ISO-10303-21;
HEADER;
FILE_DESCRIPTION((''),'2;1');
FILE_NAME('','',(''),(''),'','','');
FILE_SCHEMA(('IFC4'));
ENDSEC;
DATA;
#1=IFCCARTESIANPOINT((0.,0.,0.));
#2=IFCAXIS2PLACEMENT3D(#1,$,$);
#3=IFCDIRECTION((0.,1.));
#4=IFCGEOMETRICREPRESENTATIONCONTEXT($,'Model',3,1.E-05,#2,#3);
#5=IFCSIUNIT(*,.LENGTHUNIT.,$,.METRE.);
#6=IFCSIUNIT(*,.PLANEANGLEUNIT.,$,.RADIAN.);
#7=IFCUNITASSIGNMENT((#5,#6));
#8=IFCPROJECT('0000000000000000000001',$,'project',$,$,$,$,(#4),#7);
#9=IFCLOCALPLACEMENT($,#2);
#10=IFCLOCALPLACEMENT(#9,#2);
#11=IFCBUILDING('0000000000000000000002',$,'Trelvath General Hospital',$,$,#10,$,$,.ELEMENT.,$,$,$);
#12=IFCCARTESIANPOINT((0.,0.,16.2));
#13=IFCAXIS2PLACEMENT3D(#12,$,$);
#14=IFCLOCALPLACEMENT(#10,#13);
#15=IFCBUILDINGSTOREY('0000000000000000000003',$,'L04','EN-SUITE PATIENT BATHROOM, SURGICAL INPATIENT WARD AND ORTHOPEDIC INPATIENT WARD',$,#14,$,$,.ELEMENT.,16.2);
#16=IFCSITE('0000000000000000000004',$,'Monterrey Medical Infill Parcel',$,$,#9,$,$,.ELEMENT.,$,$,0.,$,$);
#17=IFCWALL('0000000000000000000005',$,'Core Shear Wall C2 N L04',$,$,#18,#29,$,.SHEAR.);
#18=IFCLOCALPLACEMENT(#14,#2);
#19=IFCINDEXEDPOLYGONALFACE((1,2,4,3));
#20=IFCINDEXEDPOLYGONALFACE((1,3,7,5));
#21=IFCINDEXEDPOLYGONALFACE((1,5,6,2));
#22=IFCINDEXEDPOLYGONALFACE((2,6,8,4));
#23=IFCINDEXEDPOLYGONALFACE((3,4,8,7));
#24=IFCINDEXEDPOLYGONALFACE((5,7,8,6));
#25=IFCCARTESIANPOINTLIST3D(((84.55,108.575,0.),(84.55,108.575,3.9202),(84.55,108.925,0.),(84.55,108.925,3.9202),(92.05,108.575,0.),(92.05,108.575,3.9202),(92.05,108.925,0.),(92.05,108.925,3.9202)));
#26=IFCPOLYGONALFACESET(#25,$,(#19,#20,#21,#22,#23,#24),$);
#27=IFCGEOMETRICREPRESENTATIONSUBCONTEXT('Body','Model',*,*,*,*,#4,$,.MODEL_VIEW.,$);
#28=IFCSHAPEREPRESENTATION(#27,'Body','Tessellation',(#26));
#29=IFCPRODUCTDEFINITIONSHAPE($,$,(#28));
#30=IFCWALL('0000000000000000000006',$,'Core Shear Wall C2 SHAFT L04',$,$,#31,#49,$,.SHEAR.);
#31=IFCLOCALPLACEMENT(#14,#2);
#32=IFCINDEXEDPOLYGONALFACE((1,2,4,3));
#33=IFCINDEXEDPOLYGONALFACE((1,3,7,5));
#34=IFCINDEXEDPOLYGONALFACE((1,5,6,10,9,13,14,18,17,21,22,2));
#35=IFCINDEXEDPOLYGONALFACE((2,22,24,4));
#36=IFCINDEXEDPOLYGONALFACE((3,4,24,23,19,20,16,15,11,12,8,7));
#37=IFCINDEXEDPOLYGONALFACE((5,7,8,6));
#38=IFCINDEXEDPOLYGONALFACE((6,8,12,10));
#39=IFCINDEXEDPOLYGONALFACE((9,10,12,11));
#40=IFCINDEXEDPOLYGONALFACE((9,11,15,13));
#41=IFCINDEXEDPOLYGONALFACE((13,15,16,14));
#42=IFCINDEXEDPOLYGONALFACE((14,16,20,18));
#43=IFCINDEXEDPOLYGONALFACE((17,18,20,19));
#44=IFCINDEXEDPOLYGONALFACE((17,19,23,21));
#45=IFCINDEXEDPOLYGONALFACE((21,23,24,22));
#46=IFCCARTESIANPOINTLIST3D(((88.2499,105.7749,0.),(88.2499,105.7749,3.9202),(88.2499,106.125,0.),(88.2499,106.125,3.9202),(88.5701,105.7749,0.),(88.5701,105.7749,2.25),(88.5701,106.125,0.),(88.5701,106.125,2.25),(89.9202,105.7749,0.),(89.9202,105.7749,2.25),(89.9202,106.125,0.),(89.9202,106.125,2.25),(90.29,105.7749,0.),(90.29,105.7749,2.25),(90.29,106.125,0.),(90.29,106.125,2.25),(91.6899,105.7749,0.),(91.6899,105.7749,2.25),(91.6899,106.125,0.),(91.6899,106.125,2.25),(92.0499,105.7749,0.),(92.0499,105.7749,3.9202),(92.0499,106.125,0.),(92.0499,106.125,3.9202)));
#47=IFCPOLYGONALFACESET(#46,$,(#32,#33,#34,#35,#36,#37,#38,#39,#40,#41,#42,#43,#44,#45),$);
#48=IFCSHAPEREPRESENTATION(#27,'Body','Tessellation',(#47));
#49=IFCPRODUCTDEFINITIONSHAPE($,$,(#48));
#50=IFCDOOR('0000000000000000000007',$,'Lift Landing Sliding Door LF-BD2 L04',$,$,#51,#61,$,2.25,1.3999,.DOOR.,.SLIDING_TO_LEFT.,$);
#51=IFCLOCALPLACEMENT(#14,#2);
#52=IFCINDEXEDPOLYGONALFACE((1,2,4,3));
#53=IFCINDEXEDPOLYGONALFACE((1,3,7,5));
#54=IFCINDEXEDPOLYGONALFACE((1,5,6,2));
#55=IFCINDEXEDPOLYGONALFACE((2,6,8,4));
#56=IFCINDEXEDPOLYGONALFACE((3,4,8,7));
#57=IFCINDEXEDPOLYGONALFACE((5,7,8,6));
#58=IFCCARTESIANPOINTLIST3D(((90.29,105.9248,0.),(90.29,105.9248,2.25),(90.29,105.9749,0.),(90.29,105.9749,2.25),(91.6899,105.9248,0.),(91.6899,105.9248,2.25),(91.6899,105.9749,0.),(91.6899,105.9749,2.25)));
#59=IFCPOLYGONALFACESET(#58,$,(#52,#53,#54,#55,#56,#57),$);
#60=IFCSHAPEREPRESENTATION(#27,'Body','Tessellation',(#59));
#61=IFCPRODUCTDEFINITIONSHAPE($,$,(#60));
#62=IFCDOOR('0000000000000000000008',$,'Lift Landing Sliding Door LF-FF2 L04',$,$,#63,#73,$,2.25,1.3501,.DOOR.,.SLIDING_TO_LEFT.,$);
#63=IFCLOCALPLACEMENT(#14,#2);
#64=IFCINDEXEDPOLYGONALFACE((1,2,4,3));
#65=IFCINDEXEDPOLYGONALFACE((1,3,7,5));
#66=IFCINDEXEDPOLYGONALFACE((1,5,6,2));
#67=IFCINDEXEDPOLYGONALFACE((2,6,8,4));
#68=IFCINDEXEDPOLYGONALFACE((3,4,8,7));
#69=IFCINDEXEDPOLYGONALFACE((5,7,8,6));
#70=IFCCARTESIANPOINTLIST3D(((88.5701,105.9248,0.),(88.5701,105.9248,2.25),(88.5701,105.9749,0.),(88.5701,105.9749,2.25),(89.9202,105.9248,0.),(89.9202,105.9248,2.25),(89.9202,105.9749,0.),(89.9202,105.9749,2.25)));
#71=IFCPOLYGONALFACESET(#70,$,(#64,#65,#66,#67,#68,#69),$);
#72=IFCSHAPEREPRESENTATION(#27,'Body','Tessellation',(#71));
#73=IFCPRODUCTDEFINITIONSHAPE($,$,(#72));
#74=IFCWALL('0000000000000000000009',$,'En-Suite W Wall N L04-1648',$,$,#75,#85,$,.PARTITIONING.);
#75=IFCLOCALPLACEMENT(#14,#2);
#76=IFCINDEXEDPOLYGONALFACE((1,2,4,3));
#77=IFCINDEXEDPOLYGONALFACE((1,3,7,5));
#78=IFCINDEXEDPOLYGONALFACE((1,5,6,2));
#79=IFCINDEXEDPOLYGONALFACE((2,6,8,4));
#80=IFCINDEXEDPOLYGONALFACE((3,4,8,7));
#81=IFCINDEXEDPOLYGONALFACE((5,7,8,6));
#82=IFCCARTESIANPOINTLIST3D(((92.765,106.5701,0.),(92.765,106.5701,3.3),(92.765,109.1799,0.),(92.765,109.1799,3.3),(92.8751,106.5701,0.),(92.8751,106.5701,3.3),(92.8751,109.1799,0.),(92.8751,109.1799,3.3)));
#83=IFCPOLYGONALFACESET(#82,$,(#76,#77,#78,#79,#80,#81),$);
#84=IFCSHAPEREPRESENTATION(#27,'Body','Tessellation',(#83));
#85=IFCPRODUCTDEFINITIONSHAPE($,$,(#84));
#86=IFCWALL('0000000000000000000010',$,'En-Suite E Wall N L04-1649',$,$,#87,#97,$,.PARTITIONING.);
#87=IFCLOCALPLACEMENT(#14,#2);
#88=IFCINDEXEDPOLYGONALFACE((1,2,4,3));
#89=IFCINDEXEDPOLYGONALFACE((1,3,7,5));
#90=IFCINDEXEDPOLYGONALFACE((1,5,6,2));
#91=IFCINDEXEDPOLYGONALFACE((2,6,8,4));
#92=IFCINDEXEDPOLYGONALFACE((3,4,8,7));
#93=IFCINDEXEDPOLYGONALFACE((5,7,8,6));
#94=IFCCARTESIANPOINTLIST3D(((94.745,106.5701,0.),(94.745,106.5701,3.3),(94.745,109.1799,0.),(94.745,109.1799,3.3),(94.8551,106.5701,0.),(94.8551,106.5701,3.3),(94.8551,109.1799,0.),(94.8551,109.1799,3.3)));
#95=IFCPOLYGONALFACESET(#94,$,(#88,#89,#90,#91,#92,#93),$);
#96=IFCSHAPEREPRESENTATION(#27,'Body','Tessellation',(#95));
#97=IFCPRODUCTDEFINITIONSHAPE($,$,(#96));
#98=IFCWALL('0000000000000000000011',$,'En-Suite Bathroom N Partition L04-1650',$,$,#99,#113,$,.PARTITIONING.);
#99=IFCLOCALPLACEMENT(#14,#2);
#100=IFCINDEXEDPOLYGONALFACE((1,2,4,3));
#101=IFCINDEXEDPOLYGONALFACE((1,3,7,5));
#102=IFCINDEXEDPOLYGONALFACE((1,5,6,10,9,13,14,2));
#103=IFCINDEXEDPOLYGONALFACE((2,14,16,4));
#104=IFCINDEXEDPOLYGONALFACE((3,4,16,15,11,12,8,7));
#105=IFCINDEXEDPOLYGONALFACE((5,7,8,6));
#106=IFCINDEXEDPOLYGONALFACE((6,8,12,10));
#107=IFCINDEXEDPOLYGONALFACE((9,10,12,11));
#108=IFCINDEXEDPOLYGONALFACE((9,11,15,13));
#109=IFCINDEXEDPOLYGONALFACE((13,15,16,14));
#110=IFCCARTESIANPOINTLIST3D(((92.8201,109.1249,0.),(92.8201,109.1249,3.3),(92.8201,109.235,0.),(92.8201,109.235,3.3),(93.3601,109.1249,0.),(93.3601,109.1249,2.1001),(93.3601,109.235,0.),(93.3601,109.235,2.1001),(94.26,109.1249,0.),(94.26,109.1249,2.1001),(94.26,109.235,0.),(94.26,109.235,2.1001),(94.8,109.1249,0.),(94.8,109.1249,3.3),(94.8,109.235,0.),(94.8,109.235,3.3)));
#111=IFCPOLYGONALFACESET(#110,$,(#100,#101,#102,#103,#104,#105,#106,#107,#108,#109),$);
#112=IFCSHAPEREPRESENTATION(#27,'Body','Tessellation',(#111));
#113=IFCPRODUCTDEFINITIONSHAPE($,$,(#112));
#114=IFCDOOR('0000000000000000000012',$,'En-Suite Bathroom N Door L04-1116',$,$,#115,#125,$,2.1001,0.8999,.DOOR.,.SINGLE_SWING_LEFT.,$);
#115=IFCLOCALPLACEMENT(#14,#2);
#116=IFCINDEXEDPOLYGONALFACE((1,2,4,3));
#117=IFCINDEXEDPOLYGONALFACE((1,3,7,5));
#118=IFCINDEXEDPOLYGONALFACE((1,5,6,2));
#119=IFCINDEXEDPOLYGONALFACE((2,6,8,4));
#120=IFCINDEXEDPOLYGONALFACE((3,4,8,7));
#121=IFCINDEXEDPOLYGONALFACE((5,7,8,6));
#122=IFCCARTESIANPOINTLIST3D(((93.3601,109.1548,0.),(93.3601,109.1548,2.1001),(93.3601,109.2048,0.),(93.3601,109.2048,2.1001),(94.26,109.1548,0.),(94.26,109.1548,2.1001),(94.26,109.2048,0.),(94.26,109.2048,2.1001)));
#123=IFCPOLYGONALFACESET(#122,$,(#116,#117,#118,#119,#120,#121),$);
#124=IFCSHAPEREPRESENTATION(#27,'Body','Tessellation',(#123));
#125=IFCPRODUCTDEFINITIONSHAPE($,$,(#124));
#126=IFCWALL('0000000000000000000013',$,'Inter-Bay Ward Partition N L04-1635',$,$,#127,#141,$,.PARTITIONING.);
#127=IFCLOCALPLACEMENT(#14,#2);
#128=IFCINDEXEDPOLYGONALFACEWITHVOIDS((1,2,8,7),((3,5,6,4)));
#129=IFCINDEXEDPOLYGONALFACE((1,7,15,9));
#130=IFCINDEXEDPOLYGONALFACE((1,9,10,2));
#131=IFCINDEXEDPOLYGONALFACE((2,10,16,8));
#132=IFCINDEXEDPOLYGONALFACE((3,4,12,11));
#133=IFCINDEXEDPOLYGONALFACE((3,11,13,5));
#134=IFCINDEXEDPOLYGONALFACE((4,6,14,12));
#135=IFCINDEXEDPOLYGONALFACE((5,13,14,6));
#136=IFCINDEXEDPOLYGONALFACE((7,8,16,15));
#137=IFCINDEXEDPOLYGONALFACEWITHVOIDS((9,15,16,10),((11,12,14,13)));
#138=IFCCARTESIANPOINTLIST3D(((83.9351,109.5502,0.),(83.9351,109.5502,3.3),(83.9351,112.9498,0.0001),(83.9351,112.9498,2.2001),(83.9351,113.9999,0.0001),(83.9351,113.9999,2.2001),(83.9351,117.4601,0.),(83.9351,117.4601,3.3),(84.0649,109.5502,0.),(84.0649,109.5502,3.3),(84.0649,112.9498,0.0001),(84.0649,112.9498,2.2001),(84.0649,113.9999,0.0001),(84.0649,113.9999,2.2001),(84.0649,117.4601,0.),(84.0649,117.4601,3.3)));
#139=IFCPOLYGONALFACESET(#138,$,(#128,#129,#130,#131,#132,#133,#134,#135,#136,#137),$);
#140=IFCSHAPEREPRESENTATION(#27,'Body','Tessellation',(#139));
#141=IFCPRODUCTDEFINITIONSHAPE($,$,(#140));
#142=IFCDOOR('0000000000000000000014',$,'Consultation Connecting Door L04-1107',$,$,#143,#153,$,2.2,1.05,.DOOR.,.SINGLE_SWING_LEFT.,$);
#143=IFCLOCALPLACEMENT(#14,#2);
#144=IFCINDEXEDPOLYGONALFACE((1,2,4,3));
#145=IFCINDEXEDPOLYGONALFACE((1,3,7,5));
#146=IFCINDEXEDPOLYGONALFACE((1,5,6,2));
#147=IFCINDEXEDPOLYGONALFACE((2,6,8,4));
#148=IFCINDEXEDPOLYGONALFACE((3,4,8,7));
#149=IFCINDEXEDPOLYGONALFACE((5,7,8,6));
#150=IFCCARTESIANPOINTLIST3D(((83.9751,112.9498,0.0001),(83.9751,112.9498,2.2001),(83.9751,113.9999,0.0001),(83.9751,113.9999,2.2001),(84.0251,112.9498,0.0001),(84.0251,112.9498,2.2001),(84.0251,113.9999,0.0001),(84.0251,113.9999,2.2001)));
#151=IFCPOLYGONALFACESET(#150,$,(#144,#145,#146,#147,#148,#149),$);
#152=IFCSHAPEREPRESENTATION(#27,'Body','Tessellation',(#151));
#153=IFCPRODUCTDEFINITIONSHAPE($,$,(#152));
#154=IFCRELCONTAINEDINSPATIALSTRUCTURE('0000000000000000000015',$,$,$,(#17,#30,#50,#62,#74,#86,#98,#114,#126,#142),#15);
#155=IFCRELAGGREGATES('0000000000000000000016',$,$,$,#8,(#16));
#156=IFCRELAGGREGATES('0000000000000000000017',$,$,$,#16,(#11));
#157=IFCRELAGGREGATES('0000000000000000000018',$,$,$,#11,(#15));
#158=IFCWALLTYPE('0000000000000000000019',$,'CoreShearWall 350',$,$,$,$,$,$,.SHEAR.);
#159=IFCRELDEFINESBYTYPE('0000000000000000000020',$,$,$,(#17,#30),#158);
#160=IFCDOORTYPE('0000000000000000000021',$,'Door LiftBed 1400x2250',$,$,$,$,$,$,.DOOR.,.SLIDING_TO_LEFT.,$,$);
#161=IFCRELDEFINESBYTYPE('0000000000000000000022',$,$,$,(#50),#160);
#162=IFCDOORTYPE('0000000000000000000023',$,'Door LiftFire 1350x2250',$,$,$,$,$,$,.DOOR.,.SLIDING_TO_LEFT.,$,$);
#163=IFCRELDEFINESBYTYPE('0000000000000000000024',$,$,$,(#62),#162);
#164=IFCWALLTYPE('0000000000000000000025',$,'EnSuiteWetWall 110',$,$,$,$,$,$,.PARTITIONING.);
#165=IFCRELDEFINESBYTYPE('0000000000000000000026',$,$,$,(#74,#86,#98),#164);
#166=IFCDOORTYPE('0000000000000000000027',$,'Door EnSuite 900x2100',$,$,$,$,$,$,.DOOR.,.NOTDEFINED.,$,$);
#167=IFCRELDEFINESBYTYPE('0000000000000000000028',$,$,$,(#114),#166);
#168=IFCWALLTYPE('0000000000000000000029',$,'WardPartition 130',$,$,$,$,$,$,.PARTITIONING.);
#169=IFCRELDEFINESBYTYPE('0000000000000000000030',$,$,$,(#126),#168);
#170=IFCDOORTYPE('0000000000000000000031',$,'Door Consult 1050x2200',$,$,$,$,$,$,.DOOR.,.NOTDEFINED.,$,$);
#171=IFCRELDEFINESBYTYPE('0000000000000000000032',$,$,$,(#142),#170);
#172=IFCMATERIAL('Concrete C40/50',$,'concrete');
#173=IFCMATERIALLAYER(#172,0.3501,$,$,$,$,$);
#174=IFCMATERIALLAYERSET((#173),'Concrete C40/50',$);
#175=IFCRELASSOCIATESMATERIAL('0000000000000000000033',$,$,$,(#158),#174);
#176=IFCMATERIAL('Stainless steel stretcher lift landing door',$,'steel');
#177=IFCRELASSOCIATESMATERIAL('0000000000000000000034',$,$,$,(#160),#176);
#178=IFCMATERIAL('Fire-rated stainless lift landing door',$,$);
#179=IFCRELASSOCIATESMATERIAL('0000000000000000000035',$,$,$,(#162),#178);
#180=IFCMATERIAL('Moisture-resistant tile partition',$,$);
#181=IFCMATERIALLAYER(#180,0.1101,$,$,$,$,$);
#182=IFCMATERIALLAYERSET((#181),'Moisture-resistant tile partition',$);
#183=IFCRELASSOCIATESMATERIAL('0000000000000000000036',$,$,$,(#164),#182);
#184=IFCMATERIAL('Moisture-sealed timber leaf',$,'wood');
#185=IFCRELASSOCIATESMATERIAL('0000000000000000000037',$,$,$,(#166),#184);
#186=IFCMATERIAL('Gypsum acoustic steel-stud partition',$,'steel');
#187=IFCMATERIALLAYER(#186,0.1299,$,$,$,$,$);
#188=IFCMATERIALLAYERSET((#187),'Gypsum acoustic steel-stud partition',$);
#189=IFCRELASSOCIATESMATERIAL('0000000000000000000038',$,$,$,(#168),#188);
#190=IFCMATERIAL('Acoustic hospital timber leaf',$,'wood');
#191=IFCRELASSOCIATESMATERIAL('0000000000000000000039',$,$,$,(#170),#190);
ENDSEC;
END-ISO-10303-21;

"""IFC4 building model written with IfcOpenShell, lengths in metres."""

from ifc_helpers import new_model, si_unit, direction, frame, frame_2d, origin, place, context, subcontext, project, spatial, rectangle, extrude, material, layer, layer_set, type_object, element, fill, save


model = new_model("IFC4")

# Units and contexts
model_context = context("Model", 3, precision=1e-05, world=origin(), true_north=direction((0.0, 1.0)))
body_context = subcontext(model_context, "Body", "Model", "MODEL_VIEW")
ifc_project = project(units=[si_unit("LENGTHUNIT", "METRE"), si_unit("PLANEANGLEUNIT", "RADIAN")], contexts=[model_context])

# Site, building, storey
site_placement = place(None, origin())
site = spatial("IfcSite", under=ifc_project, at=site_placement, Name="Monterrey Medical Infill Parcel", CompositionType="ELEMENT", RefElevation=0.0)
building_placement = place(site_placement, origin())
building = spatial("IfcBuilding", under=site, at=building_placement, Name="Trelvath General Hospital", CompositionType="ELEMENT")
storey_placement = place(building_placement, frame((0.0, 0.0, 16.2)))
storey = spatial("IfcBuildingStorey", under=building, at=storey_placement, Name="L04", Description="EN-SUITE PATIENT BATHROOM, SURGICAL INPATIENT WARD AND ORTHOPEDIC INPATIENT WARD", CompositionType="ELEMENT", Elevation=16.2)

# Wall
ifc_material_1 = material(Name="Concrete C40/50", Category="concrete")
ifc_layer_1 = layer(ifc_material_1, 0.3501)
ifc_layer_set_1 = layer_set([ifc_layer_1], Name="Concrete C40/50")
wall_type_1 = type_object("IfcWallType", Name="CoreShearWall 350", PredefinedType="SHEAR", material=ifc_layer_set_1)
wall_1_placement = place(storey_placement, frame((84.55, 108.75, 0.0), z_axis=(0.0, 0.0, 1.0), x_axis=(1.0, 0.0, 0.0)))
element("IfcWall", 1, at=wall_1_placement, inside=storey, type_object=wall_type_1, Name="Core Shear Wall C2 N L04", PredefinedType="SHEAR", context=body_context, shape_type="SweptSolid", body=[
    extrude(rectangle(XDim=7.5, YDim=0.3501, at=frame_2d((3.75, 0.0))), origin(), (0.0, 0.0, 1.0), 3.9202),
])

# Wall, openings, doors
wall_2_placement = place(storey_placement, frame((88.25, 105.95, 0.0), z_axis=(0.0, 0.0, 1.0), x_axis=(1.0, 0.0, 0.0)))
wall_2 = element("IfcWall", 2, at=wall_2_placement, inside=storey, type_object=wall_type_1, Name="Core Shear Wall C2 SHAFT L04", PredefinedType="SHEAR", context=body_context, shape_type="SweptSolid", body=[
    extrude(rectangle(XDim=3.8, YDim=0.3501, at=frame_2d((1.8999, 0.0))), origin(), (0.0, 0.0, 1.0), 3.9202),
])
opening_1_placement = place(wall_2_placement, frame((0.3201, 0.0, 0.0)))
opening_1 = element("IfcOpeningElement", 3, at=opening_1_placement, cuts=wall_2, PredefinedType="OPENING", context=body_context, shape_type="SweptSolid", body=[
    extrude(rectangle(XDim=1.3501, YDim=2.25, at=frame_2d((0.675, 1.125))), frame((0.0, 0.1851, 0.0), z_axis=(0.0, -1.0, 0.0), x_axis=(1.0, 0.0, 0.0)), (0.0, 0.0, 1.0), 0.3701),
])
opening_2_placement = place(wall_2_placement, frame((2.04, 0.0, 0.0)))
opening_2 = element("IfcOpeningElement", 4, at=opening_2_placement, cuts=wall_2, PredefinedType="OPENING", context=body_context, shape_type="SweptSolid", body=[
    extrude(rectangle(XDim=1.3999, YDim=2.25, at=frame_2d((0.7, 1.125))), frame((0.0, 0.1851, 0.0), z_axis=(0.0, -1.0, 0.0), x_axis=(1.0, 0.0, 0.0)), (0.0, 0.0, 1.0), 0.3701),
])
ifc_material_2 = material(Name="Stainless steel stretcher lift landing door", Category="steel")
door_type_1 = type_object("IfcDoorType", Name="Door LiftBed 1400x2250", OperationType="SLIDING_TO_LEFT", PredefinedType="DOOR", material=ifc_material_2)
door_1_placement = place(opening_2_placement, origin())
door_1 = element("IfcDoor", 5, at=door_1_placement, inside=storey, type_object=door_type_1, Name="Lift Landing Sliding Door LF-BD2 L04", OperationType="SLIDING_TO_LEFT", OverallHeight=2.25, OverallWidth=1.3999, PredefinedType="DOOR", context=body_context, shape_type="SweptSolid", body=[
    extrude(rectangle(XDim=1.3999, YDim=2.25, at=frame_2d((0.7, 1.125))), frame((0.0, 0.0249, 0.0), z_axis=(0.0, -1.0, 0.0), x_axis=(1.0, 0.0, 0.0)), (0.0, 0.0, 1.0), 0.05),
])
fill(opening_2, door_1)
ifc_material_3 = material(Name="Fire-rated stainless lift landing door")
door_type_2 = type_object("IfcDoorType", Name="Door LiftFire 1350x2250", OperationType="SLIDING_TO_LEFT", PredefinedType="DOOR", material=ifc_material_3)
door_2_placement = place(opening_1_placement, origin())
door_2 = element("IfcDoor", 6, at=door_2_placement, inside=storey, type_object=door_type_2, Name="Lift Landing Sliding Door LF-FF2 L04", OperationType="SLIDING_TO_LEFT", OverallHeight=2.25, OverallWidth=1.3501, PredefinedType="DOOR", context=body_context, shape_type="SweptSolid", body=[
    extrude(rectangle(XDim=1.3501, YDim=2.25, at=frame_2d((0.675, 1.125))), frame((0.0, 0.0249, 0.0), z_axis=(0.0, -1.0, 0.0), x_axis=(1.0, 0.0, 0.0)), (0.0, 0.0, 1.0), 0.05),
])
fill(opening_1, door_2)

# Walls
ifc_material_4 = material(Name="Moisture-resistant tile partition")
ifc_layer_2 = layer(ifc_material_4, 0.1101)
ifc_layer_set_2 = layer_set([ifc_layer_2], Name="Moisture-resistant tile partition")
wall_type_2 = type_object("IfcWallType", Name="EnSuiteWetWall 110", PredefinedType="PARTITIONING", material=ifc_layer_set_2)
for number, where, z_axis, x_axis, name in (
    (7, (92.8201, 106.5701, 0.0), (0.0, 0.0, 1.0), (0.0, 1.0, 0.0), "En-Suite W Wall N L04-1648"),
    (8, (94.8, 106.5701, 0.0), (0.0, 0.0, 1.0), (0.0, 1.0, 0.0), "En-Suite E Wall N L04-1649"),
):
    element("IfcWall", number, at=place(storey_placement, frame(where, z_axis=z_axis, x_axis=x_axis)), inside=storey, type_object=wall_type_2, Name=name, PredefinedType="PARTITIONING", context=body_context, shape_type="SweptSolid", body=[
        extrude(rectangle(XDim=2.6099, YDim=0.1101, at=frame_2d((1.3049, 0.0))), origin(), (0.0, 0.0, 1.0), 3.3),
    ])

# Walls, openings, doors
wall_3_placement = place(storey_placement, frame((92.8201, 109.1799, 0.0), z_axis=(0.0, 0.0, 1.0), x_axis=(1.0, 0.0, 0.0)))
wall_3 = element("IfcWall", 9, at=wall_3_placement, inside=storey, type_object=wall_type_2, Name="En-Suite Bathroom N Partition L04-1650", PredefinedType="PARTITIONING", context=body_context, shape_type="SweptSolid", body=[
    extrude(rectangle(XDim=1.98, YDim=0.1101, at=frame_2d((0.99, 0.0))), origin(), (0.0, 0.0, 1.0), 3.3),
])
opening_3_placement = place(wall_3_placement, frame((0.54, 0.0, 0.0)))
opening_3 = element("IfcOpeningElement", 10, at=opening_3_placement, cuts=wall_3, PredefinedType="OPENING", context=body_context, shape_type="SweptSolid", body=[
    extrude(rectangle(XDim=0.8999, YDim=2.1001, at=frame_2d((0.45, 1.05))), frame((0.0, 0.0649, 0.0), z_axis=(0.0, -1.0, 0.0), x_axis=(1.0, 0.0, 0.0)), (0.0, 0.0, 1.0), 0.1301),
])
ifc_material_5 = material(Name="Moisture-sealed timber leaf", Category="wood")
door_type_3 = type_object("IfcDoorType", Name="Door EnSuite 900x2100", OperationType="NOTDEFINED", PredefinedType="DOOR", material=ifc_material_5)
door_3_placement = place(opening_3_placement, origin())
door_3 = element("IfcDoor", 11, at=door_3_placement, inside=storey, type_object=door_type_3, Name="En-Suite Bathroom N Door L04-1116", OperationType="SINGLE_SWING_LEFT", OverallHeight=2.1001, OverallWidth=0.8999, PredefinedType="DOOR", context=body_context, shape_type="SweptSolid", body=[
    extrude(rectangle(XDim=0.8999, YDim=2.1001, at=frame_2d((0.45, 1.05))), frame((0.0, 0.0249, 0.0), z_axis=(0.0, -1.0, 0.0), x_axis=(1.0, 0.0, 0.0)), (0.0, 0.0, 1.0), 0.05),
])
fill(opening_3, door_3)
ifc_material_6 = material(Name="Gypsum acoustic steel-stud partition", Category="steel")
ifc_layer_3 = layer(ifc_material_6, 0.1299)
ifc_layer_set_3 = layer_set([ifc_layer_3], Name="Gypsum acoustic steel-stud partition")
wall_type_3 = type_object("IfcWallType", Name="WardPartition 130", PredefinedType="PARTITIONING", material=ifc_layer_set_3)
wall_4_placement = place(storey_placement, frame((84.0, 109.55, 0.0), z_axis=(0.0, 0.0, 1.0), x_axis=(0.0, 1.0, 0.0)))
wall_4 = element("IfcWall", 12, at=wall_4_placement, inside=storey, type_object=wall_type_3, Name="Inter-Bay Ward Partition N L04-1635", PredefinedType="PARTITIONING", context=body_context, shape_type="SweptSolid", body=[
    extrude(rectangle(XDim=7.9099, YDim=0.1299, at=frame_2d((3.9551, 0.0))), origin(), (0.0, 0.0, 1.0), 3.3),
])
opening_4_placement = place(wall_4_placement, frame((3.3999, 0.0, 0.0)))
opening_4 = element("IfcOpeningElement", 13, at=opening_4_placement, cuts=wall_4, PredefinedType="OPENING", context=body_context, shape_type="SweptSolid", body=[
    extrude(rectangle(XDim=1.05, YDim=2.2, at=frame_2d((0.5249, 1.1001))), frame((0.0, 0.075, 0.0), z_axis=(0.0, -1.0, 0.0), x_axis=(1.0, 0.0, 0.0)), (0.0, 0.0, 1.0), 0.1499),
])
ifc_material_7 = material(Name="Acoustic hospital timber leaf", Category="wood")
door_type_4 = type_object("IfcDoorType", Name="Door Consult 1050x2200", OperationType="NOTDEFINED", PredefinedType="DOOR", material=ifc_material_7)
door_4_placement = place(opening_4_placement, origin())
door_4 = element("IfcDoor", 14, at=door_4_placement, inside=storey, type_object=door_type_4, Name="Consultation Connecting Door L04-1107", OperationType="SINGLE_SWING_LEFT", OverallHeight=2.2, OverallWidth=1.05, PredefinedType="DOOR", context=body_context, shape_type="SweptSolid", body=[
    extrude(rectangle(XDim=1.05, YDim=2.2, at=frame_2d((0.5249, 1.1001))), frame((0.0, 0.0249, 0.0), z_axis=(0.0, -1.0, 0.0), x_axis=(1.0, 0.0, 0.0)), (0.0, 0.0, 1.0), 0.05),
])
fill(opening_4, door_4)

save(model, "model.ifc")
